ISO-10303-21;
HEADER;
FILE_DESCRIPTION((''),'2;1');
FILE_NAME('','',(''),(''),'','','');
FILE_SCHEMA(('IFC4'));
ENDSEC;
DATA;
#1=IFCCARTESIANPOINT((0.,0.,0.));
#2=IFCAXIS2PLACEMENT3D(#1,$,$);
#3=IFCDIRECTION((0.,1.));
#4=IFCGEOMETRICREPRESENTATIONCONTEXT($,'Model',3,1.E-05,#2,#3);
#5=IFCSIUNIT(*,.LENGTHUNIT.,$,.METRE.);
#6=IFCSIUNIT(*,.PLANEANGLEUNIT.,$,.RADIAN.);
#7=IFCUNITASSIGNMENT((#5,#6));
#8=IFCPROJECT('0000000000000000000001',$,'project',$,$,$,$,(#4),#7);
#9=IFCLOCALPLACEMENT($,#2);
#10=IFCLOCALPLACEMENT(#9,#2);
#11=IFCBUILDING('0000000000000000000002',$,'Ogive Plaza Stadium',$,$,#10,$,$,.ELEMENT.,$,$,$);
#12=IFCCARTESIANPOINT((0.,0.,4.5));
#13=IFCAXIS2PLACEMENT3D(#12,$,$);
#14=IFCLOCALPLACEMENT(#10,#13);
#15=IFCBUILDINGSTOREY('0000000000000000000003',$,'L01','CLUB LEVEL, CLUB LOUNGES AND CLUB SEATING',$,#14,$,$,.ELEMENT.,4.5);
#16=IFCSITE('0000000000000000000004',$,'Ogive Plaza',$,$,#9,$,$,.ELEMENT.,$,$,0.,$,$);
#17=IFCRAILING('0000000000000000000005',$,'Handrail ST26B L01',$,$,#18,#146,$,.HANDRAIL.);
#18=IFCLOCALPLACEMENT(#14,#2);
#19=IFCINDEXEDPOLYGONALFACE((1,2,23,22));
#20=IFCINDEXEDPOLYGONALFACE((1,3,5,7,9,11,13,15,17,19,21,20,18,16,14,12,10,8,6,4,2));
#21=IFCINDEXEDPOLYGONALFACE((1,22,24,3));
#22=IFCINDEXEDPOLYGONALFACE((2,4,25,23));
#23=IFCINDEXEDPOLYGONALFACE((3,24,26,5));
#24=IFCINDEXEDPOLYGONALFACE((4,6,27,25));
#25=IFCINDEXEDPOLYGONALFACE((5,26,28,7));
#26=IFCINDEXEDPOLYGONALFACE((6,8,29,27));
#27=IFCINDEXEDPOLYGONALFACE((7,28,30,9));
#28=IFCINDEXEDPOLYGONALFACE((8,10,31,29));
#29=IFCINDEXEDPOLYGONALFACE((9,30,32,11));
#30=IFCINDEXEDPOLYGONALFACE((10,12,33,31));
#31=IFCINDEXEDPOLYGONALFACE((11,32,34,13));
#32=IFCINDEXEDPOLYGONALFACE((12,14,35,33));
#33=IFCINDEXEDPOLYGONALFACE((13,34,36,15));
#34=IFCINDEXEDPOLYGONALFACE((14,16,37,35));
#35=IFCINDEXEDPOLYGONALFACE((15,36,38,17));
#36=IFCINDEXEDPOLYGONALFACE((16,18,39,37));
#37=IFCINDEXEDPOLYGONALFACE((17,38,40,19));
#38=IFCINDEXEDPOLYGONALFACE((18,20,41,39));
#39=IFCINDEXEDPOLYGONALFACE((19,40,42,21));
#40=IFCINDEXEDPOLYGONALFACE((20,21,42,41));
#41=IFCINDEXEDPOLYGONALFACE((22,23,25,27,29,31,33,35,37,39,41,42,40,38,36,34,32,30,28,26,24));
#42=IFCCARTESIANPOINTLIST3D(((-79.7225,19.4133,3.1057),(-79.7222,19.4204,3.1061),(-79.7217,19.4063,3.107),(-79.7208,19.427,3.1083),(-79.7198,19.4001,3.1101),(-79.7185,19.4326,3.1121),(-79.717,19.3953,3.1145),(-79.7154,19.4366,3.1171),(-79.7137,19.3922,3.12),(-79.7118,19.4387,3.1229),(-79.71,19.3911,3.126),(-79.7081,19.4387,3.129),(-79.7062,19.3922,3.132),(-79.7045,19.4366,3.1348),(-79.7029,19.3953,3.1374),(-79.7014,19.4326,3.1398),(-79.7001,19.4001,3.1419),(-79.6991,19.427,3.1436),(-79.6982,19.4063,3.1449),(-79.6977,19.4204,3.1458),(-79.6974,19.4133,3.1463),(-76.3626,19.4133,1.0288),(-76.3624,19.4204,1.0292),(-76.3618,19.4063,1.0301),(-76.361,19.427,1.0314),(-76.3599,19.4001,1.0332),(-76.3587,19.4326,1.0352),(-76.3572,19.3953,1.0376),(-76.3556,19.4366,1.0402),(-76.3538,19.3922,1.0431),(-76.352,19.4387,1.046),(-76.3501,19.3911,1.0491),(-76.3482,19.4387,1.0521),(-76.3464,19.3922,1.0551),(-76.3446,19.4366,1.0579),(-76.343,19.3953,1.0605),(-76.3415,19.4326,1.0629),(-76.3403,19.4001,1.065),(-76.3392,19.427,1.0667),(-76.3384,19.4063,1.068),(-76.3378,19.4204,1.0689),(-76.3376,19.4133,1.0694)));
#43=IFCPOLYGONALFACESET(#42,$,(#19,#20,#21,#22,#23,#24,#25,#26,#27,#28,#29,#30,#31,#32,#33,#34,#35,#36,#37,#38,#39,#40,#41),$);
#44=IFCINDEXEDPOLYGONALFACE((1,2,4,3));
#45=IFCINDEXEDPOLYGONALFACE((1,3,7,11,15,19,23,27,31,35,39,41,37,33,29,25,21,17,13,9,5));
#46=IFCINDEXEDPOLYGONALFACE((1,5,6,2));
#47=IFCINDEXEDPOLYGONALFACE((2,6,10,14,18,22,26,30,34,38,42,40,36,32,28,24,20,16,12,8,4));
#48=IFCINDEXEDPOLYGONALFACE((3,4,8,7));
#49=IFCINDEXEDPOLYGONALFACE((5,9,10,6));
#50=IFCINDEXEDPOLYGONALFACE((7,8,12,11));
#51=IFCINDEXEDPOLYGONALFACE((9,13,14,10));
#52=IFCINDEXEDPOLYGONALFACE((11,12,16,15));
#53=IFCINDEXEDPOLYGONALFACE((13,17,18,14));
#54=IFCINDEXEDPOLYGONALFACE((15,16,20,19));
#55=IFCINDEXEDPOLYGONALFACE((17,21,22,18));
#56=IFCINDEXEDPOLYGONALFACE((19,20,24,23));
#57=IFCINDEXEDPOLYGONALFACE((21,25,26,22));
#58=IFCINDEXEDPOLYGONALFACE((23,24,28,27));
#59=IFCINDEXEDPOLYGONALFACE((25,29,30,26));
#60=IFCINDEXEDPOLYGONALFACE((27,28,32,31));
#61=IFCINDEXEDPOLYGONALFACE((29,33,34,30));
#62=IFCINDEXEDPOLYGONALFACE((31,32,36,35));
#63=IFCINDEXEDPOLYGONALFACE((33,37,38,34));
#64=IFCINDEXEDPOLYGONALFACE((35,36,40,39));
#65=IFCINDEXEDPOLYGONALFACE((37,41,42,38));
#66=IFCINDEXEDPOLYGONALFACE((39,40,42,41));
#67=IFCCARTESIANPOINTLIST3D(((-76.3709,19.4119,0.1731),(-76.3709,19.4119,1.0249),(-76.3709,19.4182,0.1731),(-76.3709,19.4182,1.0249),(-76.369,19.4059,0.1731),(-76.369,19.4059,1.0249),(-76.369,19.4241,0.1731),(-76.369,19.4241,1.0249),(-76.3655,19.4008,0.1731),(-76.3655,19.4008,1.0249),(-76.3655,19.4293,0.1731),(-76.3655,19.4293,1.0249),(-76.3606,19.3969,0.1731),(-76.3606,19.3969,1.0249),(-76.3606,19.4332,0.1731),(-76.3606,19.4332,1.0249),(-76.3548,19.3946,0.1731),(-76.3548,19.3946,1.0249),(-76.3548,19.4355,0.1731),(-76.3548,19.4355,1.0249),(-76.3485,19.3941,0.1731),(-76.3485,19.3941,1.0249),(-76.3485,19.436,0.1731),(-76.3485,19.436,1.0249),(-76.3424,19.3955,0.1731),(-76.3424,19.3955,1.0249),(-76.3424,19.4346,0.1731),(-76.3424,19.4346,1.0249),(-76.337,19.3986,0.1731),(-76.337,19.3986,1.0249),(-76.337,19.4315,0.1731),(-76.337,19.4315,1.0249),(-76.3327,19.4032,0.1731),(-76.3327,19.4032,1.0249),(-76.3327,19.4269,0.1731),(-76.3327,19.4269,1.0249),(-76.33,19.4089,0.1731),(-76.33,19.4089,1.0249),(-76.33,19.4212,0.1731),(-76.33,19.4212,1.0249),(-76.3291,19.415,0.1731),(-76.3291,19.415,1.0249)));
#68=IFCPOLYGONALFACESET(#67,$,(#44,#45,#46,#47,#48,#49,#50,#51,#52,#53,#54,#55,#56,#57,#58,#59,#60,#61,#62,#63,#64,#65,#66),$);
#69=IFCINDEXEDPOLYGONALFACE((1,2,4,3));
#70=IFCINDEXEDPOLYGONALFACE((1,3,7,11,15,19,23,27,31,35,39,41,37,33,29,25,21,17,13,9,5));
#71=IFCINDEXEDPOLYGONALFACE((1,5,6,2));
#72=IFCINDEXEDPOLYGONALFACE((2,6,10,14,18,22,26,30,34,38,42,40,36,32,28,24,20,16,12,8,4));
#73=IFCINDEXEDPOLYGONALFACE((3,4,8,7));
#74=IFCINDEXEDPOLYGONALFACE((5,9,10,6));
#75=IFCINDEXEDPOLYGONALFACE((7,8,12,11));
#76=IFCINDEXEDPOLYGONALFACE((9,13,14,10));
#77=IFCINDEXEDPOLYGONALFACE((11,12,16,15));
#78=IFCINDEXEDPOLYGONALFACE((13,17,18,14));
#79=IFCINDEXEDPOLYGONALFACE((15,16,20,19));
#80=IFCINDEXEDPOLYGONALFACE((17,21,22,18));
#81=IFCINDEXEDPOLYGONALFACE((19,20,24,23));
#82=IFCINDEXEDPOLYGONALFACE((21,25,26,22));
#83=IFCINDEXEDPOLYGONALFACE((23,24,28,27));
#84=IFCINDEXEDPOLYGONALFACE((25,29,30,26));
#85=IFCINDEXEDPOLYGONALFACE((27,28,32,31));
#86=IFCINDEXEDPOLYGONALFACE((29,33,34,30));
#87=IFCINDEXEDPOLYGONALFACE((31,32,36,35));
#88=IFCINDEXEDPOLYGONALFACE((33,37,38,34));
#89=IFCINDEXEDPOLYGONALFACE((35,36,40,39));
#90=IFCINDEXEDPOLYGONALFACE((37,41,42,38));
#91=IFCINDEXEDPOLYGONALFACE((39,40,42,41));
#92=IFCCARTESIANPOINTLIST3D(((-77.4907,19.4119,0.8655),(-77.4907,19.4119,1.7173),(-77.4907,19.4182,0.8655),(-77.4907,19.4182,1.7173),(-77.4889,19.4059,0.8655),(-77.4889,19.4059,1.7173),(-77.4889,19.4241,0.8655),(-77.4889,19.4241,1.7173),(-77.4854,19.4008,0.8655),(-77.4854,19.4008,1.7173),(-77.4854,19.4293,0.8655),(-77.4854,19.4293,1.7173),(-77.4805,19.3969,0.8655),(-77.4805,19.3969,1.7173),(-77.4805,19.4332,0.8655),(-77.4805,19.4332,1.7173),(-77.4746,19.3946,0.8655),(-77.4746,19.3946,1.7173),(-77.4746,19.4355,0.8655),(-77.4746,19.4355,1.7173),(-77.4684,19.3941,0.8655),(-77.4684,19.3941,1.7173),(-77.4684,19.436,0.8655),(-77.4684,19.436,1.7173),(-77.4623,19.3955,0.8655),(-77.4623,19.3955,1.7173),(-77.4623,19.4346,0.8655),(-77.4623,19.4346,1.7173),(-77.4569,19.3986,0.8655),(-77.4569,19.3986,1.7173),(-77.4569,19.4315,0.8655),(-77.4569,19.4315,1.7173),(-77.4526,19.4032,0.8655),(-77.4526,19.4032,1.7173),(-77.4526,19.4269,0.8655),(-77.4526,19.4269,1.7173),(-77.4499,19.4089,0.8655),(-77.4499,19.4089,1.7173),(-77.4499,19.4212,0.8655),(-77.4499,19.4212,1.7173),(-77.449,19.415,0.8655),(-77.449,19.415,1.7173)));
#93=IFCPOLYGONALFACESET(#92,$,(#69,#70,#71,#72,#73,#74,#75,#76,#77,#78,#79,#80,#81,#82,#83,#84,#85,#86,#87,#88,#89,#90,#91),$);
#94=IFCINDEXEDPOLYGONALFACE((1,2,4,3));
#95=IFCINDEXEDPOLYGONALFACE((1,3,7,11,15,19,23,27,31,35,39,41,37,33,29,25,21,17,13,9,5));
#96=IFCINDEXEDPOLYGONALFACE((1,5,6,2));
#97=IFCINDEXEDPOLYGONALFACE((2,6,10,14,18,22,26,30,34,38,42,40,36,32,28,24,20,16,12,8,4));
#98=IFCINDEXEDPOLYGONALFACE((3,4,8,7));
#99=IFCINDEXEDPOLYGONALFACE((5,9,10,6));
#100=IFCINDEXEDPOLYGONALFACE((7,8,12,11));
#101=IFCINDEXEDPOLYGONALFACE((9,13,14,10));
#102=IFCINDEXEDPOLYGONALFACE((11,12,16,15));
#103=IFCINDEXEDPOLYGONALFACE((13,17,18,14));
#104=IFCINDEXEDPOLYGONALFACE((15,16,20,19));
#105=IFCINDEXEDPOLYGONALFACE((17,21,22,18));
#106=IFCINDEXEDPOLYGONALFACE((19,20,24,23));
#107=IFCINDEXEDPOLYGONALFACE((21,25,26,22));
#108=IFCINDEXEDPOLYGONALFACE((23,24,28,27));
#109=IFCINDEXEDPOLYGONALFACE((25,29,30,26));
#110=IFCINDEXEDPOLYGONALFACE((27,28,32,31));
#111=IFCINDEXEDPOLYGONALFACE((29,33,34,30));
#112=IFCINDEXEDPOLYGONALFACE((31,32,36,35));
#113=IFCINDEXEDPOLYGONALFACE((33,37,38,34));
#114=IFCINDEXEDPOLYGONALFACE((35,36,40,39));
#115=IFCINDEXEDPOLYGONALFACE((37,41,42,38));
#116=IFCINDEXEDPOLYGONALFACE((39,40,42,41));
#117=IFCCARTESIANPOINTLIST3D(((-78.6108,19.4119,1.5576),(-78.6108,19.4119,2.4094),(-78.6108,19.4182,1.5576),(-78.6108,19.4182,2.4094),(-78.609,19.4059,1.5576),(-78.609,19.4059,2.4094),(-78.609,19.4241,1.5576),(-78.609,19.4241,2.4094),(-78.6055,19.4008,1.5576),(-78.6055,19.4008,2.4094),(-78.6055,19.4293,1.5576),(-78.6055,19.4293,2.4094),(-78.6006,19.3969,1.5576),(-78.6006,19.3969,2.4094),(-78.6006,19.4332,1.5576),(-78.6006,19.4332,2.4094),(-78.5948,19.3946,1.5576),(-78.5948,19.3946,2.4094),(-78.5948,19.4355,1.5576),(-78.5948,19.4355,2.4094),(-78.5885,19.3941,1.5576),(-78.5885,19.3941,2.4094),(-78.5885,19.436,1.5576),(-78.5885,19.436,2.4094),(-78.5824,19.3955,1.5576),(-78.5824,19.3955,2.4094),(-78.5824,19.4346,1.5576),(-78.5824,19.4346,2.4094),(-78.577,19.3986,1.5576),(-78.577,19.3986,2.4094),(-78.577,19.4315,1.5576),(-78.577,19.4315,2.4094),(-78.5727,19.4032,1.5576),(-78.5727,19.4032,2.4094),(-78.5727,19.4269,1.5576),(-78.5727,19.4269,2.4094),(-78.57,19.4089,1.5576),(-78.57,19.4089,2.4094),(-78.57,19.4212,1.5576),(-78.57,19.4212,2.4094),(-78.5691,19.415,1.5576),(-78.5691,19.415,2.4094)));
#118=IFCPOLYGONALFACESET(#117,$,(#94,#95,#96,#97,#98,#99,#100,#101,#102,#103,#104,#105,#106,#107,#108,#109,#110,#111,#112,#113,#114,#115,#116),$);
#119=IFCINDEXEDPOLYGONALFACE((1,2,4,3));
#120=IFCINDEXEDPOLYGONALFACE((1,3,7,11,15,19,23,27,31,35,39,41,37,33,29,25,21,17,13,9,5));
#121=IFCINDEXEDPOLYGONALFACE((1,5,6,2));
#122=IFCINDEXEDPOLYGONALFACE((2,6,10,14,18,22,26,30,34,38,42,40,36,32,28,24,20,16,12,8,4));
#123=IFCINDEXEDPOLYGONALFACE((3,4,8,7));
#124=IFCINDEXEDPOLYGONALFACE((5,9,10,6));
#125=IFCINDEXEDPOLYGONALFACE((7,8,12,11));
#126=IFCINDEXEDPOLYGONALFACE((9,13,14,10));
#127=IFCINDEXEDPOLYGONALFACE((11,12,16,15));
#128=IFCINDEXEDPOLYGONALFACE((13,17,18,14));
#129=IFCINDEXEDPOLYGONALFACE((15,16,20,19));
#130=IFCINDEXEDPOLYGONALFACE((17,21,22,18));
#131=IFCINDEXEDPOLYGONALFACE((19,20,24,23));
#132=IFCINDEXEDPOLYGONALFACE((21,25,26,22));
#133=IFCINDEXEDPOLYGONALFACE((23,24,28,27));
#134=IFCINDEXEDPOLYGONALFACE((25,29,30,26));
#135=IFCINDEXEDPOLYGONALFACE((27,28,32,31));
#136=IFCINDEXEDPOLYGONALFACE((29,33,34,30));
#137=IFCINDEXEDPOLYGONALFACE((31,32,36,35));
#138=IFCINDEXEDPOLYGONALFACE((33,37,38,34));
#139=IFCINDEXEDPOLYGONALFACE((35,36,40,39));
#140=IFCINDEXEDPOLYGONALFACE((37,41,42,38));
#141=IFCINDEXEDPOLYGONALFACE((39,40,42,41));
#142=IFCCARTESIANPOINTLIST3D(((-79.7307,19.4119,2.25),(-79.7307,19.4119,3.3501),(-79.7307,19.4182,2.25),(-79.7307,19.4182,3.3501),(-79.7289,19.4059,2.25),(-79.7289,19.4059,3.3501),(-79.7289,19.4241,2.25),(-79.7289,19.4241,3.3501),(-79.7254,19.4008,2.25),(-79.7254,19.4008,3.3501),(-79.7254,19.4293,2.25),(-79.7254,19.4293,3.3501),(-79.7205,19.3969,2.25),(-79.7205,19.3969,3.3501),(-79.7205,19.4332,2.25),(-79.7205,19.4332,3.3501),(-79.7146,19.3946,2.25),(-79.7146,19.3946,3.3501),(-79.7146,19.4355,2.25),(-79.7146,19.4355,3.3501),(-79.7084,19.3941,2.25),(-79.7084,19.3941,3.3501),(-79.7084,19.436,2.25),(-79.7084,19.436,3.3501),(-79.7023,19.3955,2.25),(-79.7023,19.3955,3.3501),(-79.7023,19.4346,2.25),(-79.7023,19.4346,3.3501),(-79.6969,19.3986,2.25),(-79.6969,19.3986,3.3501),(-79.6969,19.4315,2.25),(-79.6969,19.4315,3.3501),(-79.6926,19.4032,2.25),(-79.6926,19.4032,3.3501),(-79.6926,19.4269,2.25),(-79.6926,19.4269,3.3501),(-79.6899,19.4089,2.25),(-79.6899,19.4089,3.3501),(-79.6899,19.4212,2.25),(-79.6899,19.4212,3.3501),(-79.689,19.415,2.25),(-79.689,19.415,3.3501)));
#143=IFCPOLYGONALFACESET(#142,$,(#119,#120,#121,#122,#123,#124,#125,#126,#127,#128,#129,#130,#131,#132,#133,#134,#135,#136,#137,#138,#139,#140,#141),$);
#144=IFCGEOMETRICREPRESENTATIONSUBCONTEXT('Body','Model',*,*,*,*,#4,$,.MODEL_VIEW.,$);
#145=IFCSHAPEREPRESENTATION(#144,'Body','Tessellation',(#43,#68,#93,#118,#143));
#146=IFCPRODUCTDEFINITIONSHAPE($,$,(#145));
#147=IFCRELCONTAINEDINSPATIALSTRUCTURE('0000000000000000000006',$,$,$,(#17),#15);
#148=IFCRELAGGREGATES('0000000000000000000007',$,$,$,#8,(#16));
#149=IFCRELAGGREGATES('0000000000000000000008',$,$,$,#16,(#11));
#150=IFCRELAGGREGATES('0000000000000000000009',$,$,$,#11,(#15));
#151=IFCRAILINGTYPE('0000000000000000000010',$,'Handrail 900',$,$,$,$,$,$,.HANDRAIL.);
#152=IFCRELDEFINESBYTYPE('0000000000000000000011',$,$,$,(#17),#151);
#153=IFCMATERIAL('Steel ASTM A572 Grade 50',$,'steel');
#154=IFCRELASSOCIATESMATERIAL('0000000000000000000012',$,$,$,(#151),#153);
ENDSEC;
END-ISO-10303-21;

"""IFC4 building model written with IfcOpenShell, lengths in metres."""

from ifc_helpers import new_model, si_unit, direction, frame, origin, origin_2d, place, context, subcontext, project, spatial, circle, extrude, material, type_object, element, save


model = new_model("IFC4")

# Units and contexts
model_context = context("Model", 3, precision=1e-05, world=origin(), true_north=direction((0.0, 1.0)))
body_context = subcontext(model_context, "Body", "Model", "MODEL_VIEW")
ifc_project = project(units=[si_unit("LENGTHUNIT", "METRE"), si_unit("PLANEANGLEUNIT", "RADIAN")], contexts=[model_context])

# Site, building, storey
site_placement = place(None, origin())
site = spatial("IfcSite", under=ifc_project, at=site_placement, Name="Ogive Plaza", CompositionType="ELEMENT", RefElevation=0.0)
building_placement = place(site_placement, origin())
building = spatial("IfcBuilding", under=site, at=building_placement, Name="Ogive Plaza Stadium", CompositionType="ELEMENT")
storey_placement = place(building_placement, frame((0.0, 0.0, 4.5)))
storey = spatial("IfcBuildingStorey", under=building, at=storey_placement, Name="L01", Description="CLUB LEVEL, CLUB LOUNGES AND CLUB SEATING", CompositionType="ELEMENT", Elevation=4.5)

# Railing
ifc_material_1 = material(Name="Steel ASTM A572 Grade 50", Category="steel")
railing_type_1 = type_object("IfcRailingType", Name="Handrail 900", PredefinedType="HANDRAIL", material=ifc_material_1)
for number, where, name in (
    (1, (-76.3501, 19.415, 0.1731), "Handrail ST26B L01"),
):
    element("IfcRailing", number, at=place(storey_placement, frame(where)), inside=storey, type_object=railing_type_1, Name=name, PredefinedType="HANDRAIL", context=body_context, shape_type="SweptSolid", body=[
        extrude(circle(Radius=0.0239, at=origin_2d()), frame((0.0, 0.0, 0.876), z_axis=(-0.850606, 0.0, 0.525803), x_axis=(0.0, -1.0, 0.0)), (0.0, 0.0, 1.0), 3.95),
        extrude(circle(Radius=0.021, at=origin_2d()), origin(), (0.0, 0.0, 1.0), 0.8518),
        extrude(circle(Radius=0.021, at=origin_2d()), frame((-1.1199, 0.0, 0.6924)), (0.0, 0.0, 1.0), 0.8518),
        extrude(circle(Radius=0.021, at=origin_2d()), frame((-2.24, 0.0, 1.3845)), (0.0, 0.0, 1.0), 0.8518),
        extrude(circle(Radius=0.021, at=origin_2d()), frame((-3.3599, 0.0, 2.0769)), (0.0, 0.0, 1.0), 1.1001),
    ])

save(model, "model.ifc")
